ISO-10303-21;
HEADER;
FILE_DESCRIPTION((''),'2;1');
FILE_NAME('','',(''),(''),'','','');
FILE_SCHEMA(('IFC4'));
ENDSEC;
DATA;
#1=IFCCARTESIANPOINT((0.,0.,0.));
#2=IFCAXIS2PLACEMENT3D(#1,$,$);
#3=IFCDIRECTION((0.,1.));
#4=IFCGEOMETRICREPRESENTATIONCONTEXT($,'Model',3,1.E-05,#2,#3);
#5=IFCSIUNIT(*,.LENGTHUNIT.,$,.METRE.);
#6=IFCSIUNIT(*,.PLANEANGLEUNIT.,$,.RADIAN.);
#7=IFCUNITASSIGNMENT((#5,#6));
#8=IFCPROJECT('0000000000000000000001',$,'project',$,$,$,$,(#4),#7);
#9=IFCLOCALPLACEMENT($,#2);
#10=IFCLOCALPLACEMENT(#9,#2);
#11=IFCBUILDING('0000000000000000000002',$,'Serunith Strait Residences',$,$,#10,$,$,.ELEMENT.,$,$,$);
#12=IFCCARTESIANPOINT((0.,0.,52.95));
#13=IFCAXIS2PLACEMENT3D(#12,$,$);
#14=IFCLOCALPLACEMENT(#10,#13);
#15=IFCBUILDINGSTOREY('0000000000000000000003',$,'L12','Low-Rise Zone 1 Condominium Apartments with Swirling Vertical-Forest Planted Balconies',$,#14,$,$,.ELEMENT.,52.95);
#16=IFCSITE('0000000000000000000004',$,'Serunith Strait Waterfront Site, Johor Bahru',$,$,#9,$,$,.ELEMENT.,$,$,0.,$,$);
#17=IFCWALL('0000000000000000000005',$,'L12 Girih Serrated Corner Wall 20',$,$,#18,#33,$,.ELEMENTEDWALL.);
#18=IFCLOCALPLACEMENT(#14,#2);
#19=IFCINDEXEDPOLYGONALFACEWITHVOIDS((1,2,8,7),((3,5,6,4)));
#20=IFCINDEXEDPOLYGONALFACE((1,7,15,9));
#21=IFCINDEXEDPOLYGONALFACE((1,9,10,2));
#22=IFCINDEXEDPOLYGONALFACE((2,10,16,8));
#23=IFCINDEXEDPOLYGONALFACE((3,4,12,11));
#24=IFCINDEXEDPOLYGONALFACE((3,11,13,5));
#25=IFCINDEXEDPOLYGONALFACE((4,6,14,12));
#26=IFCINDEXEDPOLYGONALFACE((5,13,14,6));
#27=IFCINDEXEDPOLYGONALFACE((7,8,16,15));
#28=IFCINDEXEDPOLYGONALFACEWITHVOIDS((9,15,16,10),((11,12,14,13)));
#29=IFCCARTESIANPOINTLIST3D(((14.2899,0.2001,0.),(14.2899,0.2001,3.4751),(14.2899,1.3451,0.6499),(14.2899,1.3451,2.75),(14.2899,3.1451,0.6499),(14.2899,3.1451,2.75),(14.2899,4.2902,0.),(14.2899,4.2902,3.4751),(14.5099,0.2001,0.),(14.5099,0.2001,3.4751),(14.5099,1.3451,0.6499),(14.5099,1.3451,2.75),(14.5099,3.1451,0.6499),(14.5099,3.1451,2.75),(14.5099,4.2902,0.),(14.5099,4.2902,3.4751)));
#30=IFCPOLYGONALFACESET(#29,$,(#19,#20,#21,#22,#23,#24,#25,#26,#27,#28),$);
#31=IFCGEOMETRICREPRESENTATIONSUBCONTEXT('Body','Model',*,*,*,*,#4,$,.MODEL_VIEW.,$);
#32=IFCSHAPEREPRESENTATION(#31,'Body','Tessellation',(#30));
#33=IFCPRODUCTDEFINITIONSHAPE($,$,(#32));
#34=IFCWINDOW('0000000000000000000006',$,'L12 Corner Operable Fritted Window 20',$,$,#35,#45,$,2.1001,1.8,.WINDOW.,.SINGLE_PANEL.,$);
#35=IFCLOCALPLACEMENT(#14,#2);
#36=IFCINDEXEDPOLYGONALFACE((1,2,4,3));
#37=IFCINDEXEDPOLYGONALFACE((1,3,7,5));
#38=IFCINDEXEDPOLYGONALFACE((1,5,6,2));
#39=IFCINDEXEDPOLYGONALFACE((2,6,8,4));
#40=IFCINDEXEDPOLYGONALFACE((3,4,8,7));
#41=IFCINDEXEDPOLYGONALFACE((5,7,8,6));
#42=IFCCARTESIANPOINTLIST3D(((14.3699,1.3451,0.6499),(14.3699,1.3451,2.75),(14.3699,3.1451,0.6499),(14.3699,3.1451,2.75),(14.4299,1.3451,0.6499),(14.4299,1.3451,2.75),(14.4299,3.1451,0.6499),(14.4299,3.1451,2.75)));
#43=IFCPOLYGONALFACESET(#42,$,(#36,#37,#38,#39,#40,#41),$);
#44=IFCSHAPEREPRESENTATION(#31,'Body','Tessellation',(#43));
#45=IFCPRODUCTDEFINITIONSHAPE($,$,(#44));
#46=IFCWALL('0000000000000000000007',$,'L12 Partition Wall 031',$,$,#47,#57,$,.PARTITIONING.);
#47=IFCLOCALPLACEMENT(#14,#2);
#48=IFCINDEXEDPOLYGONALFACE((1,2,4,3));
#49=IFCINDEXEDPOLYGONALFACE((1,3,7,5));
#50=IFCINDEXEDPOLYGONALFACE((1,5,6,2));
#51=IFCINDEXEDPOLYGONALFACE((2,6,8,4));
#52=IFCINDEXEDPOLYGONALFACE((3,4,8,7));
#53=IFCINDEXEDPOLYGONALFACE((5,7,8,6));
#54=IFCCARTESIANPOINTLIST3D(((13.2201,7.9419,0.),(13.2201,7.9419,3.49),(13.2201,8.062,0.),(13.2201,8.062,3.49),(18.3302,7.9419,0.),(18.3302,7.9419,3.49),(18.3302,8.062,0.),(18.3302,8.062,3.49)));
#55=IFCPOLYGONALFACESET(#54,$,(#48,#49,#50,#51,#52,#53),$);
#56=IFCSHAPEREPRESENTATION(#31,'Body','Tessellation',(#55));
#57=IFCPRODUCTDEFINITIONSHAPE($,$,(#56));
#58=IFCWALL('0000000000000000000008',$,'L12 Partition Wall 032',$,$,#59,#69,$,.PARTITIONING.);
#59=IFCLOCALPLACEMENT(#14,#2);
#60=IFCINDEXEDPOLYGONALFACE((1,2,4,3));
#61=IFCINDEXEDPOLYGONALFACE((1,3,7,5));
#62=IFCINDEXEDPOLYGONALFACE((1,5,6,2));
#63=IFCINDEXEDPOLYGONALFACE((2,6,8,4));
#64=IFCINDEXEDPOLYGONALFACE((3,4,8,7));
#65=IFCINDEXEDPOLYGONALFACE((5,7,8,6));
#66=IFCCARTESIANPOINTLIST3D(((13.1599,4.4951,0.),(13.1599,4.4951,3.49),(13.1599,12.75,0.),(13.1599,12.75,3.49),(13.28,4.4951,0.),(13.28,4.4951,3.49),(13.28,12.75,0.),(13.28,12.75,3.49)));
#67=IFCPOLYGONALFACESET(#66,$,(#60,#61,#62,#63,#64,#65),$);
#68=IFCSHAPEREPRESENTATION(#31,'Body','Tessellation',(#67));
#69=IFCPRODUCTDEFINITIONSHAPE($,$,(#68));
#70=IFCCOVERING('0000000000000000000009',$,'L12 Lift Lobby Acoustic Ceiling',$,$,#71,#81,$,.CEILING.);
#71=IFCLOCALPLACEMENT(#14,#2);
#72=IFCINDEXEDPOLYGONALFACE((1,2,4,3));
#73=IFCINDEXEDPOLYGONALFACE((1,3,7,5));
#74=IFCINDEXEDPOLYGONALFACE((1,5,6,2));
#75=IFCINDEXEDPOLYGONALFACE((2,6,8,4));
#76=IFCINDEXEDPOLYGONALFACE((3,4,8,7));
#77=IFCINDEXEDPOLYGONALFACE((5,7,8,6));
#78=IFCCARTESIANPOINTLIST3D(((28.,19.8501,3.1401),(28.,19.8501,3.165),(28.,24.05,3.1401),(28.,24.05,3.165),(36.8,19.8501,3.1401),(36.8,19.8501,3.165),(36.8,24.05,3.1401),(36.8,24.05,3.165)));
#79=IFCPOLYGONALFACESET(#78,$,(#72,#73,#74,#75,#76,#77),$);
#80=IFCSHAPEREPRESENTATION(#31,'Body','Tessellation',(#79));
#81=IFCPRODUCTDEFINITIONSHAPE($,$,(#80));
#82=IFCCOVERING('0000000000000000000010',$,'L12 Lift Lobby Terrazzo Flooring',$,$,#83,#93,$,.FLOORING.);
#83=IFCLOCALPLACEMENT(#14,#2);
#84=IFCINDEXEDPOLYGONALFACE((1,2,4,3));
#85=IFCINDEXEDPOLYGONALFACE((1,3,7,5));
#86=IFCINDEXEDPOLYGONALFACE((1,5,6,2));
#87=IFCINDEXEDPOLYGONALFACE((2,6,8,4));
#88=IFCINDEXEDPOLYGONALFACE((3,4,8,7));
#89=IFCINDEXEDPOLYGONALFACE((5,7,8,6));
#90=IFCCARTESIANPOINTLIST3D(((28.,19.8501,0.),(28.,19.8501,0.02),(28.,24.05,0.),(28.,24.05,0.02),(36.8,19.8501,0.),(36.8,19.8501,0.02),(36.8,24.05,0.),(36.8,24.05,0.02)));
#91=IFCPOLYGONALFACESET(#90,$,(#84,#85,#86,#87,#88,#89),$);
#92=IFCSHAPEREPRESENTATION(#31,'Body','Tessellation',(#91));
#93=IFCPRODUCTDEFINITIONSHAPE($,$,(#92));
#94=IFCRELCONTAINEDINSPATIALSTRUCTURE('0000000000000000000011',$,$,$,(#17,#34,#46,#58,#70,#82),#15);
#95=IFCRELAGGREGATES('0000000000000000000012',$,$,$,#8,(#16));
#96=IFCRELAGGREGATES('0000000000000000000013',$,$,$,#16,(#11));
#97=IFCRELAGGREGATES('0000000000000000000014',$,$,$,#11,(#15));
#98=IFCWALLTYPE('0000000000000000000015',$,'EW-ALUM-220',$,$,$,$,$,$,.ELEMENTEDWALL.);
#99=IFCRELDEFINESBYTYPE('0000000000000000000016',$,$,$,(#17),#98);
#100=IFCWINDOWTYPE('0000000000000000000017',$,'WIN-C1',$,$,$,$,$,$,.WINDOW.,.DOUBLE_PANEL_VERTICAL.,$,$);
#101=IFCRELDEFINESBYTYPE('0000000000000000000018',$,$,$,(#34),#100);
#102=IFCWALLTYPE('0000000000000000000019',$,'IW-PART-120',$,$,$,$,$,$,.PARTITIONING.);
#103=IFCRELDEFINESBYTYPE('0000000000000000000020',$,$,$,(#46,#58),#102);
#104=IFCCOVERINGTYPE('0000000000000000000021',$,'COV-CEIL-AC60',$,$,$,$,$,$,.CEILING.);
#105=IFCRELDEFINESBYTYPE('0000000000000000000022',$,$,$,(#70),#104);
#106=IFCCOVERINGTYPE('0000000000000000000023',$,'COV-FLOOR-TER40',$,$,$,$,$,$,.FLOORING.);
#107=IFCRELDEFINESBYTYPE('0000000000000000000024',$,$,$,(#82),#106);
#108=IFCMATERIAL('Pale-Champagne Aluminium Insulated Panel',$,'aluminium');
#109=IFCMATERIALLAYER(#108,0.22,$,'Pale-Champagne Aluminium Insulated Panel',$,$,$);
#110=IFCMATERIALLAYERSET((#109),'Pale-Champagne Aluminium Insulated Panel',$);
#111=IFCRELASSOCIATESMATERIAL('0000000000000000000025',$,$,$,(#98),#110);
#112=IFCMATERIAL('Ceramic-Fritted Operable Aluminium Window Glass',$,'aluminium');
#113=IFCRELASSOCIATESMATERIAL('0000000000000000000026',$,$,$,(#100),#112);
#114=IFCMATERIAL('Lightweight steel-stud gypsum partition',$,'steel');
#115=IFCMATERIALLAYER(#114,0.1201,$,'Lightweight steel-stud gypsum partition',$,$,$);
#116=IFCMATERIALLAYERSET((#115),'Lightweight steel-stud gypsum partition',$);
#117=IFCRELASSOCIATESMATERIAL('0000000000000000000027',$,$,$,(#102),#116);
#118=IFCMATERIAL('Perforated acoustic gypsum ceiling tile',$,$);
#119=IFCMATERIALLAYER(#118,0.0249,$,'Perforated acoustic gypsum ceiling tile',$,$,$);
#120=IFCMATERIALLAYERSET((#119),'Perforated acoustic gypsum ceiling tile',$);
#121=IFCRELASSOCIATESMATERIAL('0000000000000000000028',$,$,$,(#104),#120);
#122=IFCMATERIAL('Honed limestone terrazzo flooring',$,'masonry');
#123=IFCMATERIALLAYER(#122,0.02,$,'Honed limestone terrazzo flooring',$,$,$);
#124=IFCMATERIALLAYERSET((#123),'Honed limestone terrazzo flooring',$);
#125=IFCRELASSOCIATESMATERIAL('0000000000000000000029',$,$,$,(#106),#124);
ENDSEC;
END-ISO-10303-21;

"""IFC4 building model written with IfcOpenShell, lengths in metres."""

from ifc_helpers import new_model, si_unit, direction, frame, frame_2d, origin, place, context, subcontext, project, spatial, polyline, rectangle, outline, extrude, source, transform, mapped, material, layer, layer_set, type_object, element, fill, save


model = new_model("IFC4")

# Units and contexts
model_context = context("Model", 3, precision=1e-05, world=origin(), true_north=direction((0.0, 1.0)))
body_context = subcontext(model_context, "Body", "Model", "MODEL_VIEW")
ifc_project = project(units=[si_unit("LENGTHUNIT", "METRE"), si_unit("PLANEANGLEUNIT", "RADIAN")], contexts=[model_context])

# Site, building, storey
site_placement = place(None, origin())
site = spatial("IfcSite", under=ifc_project, at=site_placement, Name="Serunith Strait Waterfront Site, Johor Bahru", CompositionType="ELEMENT", RefElevation=0.0)
building_placement = place(site_placement, origin())
building = spatial("IfcBuilding", under=site, at=building_placement, Name="Serunith Strait Residences", CompositionType="ELEMENT")
storey_placement = place(building_placement, frame((0.0, 0.0, 52.95)))
storey = spatial("IfcBuildingStorey", under=building, at=storey_placement, Name="L12", Description="Low-Rise Zone 1 Condominium Apartments with Swirling Vertical-Forest Planted Balconies", CompositionType="ELEMENT", Elevation=52.95)

# Wall, opening, window
ifc_material_1 = material(Name="Pale-Champagne Aluminium Insulated Panel", Category="aluminium")
ifc_layer_1 = layer(ifc_material_1, 0.22, Name="Pale-Champagne Aluminium Insulated Panel")
ifc_layer_set_1 = layer_set([ifc_layer_1], Name="Pale-Champagne Aluminium Insulated Panel")
wall_type_1 = type_object("IfcWallType", Name="EW-ALUM-220", PredefinedType="ELEMENTEDWALL", material=ifc_layer_set_1)
ifc_material_2 = material(Name="Ceramic-Fritted Operable Aluminium Window Glass", Category="aluminium")
window_type = type_object("IfcWindowType", Name="WIN-C1", PartitioningType="DOUBLE_PANEL_VERTICAL", PredefinedType="WINDOW", material=ifc_material_2)
shared_shape_1 = source(origin(), body_context, "Body", "SweptSolid", [
    extrude(rectangle(XDim=1.8, YDim=2.1001, at=frame_2d((0.8999, 1.05))), frame((0.0, 0.03, 0.0), z_axis=(0.0, -1.0, 0.0), x_axis=(1.0, 0.0, 0.0)), (0.0, 0.0, 1.0), 0.0601),
])
wall_1_placement = place(storey_placement, frame((14.3999, 4.29, 0.0), z_axis=(0.0, 0.0, 1.0), x_axis=(0.0, -1.0, 0.0)))
wall_1 = element("IfcWall", 1, at=wall_1_placement, inside=storey, type_object=wall_type_1, Name="L12 Girih Serrated Corner Wall 20", PredefinedType="ELEMENTEDWALL", context=body_context, shape_type="SweptSolid", body=[
    extrude(rectangle(XDim=4.0901, YDim=0.22, at=frame_2d((2.0449, 0.0))), origin(), (0.0, 0.0, 1.0), 3.4751),
])
opening_1_placement = place(wall_1_placement, frame((1.145, 0.0, 0.6499)))
opening_1 = element("IfcOpeningElement", 2, at=opening_1_placement, cuts=wall_1, PredefinedType="OPENING", context=body_context, shape_type="SweptSolid", body=[
    extrude(rectangle(XDim=1.8, YDim=2.1001, at=frame_2d((0.8999, 1.05))), frame((0.0, 0.1201, 0.0), z_axis=(0.0, -1.0, 0.0), x_axis=(1.0, 0.0, 0.0)), (0.0, 0.0, 1.0), 0.24),
])
window_1_placement = place(opening_1_placement, origin())
window_1 = element("IfcWindow", 3, at=window_1_placement, inside=storey, type_object=window_type, Name="L12 Corner Operable Fritted Window 20", OverallHeight=2.1001, OverallWidth=1.8, PartitioningType="SINGLE_PANEL", PredefinedType="WINDOW", context=body_context, shape_type="MappedRepresentation", body=[
    mapped(shared_shape_1, transform((0.0, 0.0, 0.0), scale=1.0)),
])
fill(opening_1, window_1)

# Walls
ifc_material_3 = material(Name="Lightweight steel-stud gypsum partition", Category="steel")
ifc_layer_2 = layer(ifc_material_3, 0.1201, Name="Lightweight steel-stud gypsum partition")
ifc_layer_set_2 = layer_set([ifc_layer_2], Name="Lightweight steel-stud gypsum partition")
wall_type_2 = type_object("IfcWallType", Name="IW-PART-120", PredefinedType="PARTITIONING", material=ifc_layer_set_2)
wall_2_placement = place(storey_placement, frame((13.22, 8.002, 0.0), z_axis=(0.0, 0.0, 1.0), x_axis=(1.0, 0.0, 0.0)))
element("IfcWall", 4, at=wall_2_placement, inside=storey, type_object=wall_type_2, Name="L12 Partition Wall 031", PredefinedType="PARTITIONING", context=body_context, shape_type="SweptSolid", body=[
    extrude(rectangle(XDim=5.1101, YDim=0.1201, at=frame_2d((2.5552, 0.0))), origin(), (0.0, 0.0, 1.0), 3.49),
])
wall_3_placement = place(storey_placement, frame((13.22, 4.4951, 0.0), z_axis=(0.0, 0.0, 1.0), x_axis=(0.0, 1.0, 0.0)))
element("IfcWall", 5, at=wall_3_placement, inside=storey, type_object=wall_type_2, Name="L12 Partition Wall 032", PredefinedType="PARTITIONING", context=body_context, shape_type="SweptSolid", body=[
    extrude(rectangle(XDim=8.2549, YDim=0.1201, at=frame_2d((4.1274, 0.0))), origin(), (0.0, 0.0, 1.0), 3.49),
])

# Coverings
ifc_material_4 = material(Name="Perforated acoustic gypsum ceiling tile")
ifc_layer_3 = layer(ifc_material_4, 0.0249, Name="Perforated acoustic gypsum ceiling tile")
ifc_layer_set_3 = layer_set([ifc_layer_3], Name="Perforated acoustic gypsum ceiling tile")
covering_type_1 = type_object("IfcCoveringType", Name="COV-CEIL-AC60", PredefinedType="CEILING", material=ifc_layer_set_3)
covering_1_placement = place(storey_placement, frame((0.0, 0.0, 3.1401)))
element("IfcCovering", 6, at=covering_1_placement, inside=storey, type_object=covering_type_1, Name="L12 Lift Lobby Acoustic Ceiling", PredefinedType="CEILING", context=body_context, shape_type="SweptSolid", body=[
    extrude(outline(polyline([(28.0, 19.8501), (36.8, 19.8501), (36.8, 24.05), (28.0, 24.05), (28.0, 19.8501)])), origin(), (0.0, 0.0, 1.0), 0.0249),
])
ifc_material_5 = material(Name="Honed limestone terrazzo flooring", Category="masonry")
ifc_layer_4 = layer(ifc_material_5, 0.02, Name="Honed limestone terrazzo flooring")
ifc_layer_set_4 = layer_set([ifc_layer_4], Name="Honed limestone terrazzo flooring")
covering_type_2 = type_object("IfcCoveringType", Name="COV-FLOOR-TER40", PredefinedType="FLOORING", material=ifc_layer_set_4)
covering_2_placement = place(storey_placement, origin())
element("IfcCovering", 7, at=covering_2_placement, inside=storey, type_object=covering_type_2, Name="L12 Lift Lobby Terrazzo Flooring", PredefinedType="FLOORING", context=body_context, shape_type="SweptSolid", body=[
    extrude(outline(polyline([(28.0, 19.8501), (36.8, 19.8501), (36.8, 24.05), (28.0, 24.05), (28.0, 19.8501)])), origin(), (0.0, 0.0, 1.0), 0.02),
])

save(model, "model.ifc")
